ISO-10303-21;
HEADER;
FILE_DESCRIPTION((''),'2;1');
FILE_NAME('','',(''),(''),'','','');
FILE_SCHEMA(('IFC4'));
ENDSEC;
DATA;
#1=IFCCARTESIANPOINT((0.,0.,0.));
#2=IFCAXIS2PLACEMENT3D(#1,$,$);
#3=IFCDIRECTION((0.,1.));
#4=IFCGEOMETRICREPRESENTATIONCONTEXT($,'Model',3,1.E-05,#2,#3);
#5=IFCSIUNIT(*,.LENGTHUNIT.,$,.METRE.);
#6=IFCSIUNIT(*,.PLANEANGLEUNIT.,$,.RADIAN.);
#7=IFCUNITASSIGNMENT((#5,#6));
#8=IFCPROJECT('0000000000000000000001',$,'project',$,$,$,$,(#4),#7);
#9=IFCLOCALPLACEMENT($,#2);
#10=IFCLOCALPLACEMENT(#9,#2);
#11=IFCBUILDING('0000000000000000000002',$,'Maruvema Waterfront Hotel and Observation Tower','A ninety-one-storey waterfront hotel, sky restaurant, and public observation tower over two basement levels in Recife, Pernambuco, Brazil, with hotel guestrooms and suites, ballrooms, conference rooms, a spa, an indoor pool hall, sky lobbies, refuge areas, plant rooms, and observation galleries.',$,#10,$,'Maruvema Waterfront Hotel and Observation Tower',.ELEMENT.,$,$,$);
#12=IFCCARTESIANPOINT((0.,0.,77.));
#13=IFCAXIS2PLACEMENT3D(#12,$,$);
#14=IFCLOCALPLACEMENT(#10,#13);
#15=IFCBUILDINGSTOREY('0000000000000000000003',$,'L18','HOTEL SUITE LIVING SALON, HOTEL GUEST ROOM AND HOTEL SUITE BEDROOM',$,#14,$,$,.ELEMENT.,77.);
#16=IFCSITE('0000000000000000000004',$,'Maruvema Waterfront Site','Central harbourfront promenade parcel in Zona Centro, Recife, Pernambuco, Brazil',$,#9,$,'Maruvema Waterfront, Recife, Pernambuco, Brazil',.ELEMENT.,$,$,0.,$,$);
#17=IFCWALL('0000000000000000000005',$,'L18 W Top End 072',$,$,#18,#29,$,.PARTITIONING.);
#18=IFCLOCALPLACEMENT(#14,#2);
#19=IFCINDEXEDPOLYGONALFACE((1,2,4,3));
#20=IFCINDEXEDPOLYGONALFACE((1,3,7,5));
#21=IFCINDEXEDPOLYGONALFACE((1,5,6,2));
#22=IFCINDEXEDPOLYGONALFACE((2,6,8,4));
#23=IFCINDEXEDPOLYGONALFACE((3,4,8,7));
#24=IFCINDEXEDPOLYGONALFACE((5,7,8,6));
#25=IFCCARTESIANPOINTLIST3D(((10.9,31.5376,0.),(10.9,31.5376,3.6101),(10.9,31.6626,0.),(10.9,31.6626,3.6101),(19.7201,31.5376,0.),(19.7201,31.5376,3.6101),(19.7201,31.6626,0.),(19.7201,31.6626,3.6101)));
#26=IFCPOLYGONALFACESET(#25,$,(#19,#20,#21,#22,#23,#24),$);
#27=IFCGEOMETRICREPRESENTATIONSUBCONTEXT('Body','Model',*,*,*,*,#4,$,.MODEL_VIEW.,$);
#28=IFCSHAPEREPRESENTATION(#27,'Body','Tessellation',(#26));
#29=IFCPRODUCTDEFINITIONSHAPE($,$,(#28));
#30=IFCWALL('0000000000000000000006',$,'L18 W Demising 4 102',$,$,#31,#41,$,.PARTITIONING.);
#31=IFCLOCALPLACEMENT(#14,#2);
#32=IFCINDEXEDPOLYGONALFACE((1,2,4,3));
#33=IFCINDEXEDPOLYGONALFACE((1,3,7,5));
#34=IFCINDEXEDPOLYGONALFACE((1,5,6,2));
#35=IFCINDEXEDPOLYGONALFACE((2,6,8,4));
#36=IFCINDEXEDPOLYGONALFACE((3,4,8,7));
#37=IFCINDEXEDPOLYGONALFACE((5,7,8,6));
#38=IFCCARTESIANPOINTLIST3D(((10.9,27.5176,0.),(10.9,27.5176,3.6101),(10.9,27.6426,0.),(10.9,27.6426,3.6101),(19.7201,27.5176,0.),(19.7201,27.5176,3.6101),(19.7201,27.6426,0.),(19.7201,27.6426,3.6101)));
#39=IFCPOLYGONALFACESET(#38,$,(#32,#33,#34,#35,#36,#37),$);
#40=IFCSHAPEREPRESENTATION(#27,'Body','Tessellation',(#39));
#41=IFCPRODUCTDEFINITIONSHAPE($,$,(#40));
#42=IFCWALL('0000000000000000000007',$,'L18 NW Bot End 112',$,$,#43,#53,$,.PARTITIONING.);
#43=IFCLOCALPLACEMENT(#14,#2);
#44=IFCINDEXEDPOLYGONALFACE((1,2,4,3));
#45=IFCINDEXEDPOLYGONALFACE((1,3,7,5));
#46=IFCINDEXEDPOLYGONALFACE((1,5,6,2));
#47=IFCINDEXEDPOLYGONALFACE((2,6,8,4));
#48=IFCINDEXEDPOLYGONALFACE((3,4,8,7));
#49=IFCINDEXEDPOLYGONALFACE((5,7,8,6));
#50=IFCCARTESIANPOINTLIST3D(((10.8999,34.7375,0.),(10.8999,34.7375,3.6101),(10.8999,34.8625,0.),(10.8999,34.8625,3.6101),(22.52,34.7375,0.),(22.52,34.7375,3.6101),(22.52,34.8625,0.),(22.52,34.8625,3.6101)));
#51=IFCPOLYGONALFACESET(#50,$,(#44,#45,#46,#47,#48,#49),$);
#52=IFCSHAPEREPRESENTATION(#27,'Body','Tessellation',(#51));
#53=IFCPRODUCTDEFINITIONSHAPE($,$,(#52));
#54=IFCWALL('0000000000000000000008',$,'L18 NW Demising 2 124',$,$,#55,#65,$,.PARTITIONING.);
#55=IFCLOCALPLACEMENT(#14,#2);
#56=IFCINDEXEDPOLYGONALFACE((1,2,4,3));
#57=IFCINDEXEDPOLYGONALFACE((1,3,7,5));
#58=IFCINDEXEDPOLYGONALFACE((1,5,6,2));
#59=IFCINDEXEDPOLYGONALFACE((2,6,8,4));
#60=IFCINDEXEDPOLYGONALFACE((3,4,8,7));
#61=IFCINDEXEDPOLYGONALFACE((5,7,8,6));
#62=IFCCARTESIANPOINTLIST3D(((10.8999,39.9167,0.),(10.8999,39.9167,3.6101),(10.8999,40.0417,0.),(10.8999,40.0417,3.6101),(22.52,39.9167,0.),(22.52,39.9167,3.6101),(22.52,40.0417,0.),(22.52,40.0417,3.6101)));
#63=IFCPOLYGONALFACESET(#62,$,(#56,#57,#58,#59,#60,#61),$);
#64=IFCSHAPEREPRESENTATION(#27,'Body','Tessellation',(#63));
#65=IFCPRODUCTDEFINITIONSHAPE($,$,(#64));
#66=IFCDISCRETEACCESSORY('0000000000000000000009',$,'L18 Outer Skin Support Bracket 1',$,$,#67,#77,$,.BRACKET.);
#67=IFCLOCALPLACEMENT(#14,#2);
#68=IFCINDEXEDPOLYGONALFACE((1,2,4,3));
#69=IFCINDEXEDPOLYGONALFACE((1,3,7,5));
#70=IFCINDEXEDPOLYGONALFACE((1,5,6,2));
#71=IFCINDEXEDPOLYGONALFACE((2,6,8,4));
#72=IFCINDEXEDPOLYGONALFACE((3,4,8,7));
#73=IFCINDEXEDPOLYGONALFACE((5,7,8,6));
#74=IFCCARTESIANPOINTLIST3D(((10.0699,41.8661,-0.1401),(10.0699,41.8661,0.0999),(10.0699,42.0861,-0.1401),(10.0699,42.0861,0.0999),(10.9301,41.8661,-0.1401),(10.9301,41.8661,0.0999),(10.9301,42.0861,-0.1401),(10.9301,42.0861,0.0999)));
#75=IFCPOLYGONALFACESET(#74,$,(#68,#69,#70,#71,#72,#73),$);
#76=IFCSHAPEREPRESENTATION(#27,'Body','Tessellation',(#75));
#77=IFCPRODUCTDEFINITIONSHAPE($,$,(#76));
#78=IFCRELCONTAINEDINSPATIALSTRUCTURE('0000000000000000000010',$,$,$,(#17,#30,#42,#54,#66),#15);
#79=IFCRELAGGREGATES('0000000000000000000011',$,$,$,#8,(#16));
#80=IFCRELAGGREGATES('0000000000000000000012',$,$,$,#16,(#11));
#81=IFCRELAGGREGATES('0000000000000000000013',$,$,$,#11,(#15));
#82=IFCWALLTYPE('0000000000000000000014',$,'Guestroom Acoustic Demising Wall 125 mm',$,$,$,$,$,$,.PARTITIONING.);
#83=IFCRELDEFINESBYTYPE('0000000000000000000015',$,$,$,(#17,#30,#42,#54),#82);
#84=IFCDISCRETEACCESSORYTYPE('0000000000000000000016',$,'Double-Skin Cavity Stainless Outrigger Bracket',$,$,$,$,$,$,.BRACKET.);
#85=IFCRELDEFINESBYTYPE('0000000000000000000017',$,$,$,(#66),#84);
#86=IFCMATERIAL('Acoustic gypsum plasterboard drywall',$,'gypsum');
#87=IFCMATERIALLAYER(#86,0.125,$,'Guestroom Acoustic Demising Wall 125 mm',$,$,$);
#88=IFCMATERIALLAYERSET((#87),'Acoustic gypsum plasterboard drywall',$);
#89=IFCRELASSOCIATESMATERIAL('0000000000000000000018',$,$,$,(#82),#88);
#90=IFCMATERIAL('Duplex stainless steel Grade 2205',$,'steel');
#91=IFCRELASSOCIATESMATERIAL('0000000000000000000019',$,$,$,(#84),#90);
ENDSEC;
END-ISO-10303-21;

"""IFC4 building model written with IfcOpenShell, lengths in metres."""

from ifc_helpers import new_model, si_unit, direction, frame, frame_2d, origin, origin_2d, place, context, subcontext, project, spatial, rectangle, extrude, material, layer, layer_set, type_object, element, save


model = new_model("IFC4")

# Units and contexts
model_context = context("Model", 3, precision=1e-05, world=origin(), true_north=direction((0.0, 1.0)))
body_context = subcontext(model_context, "Body", "Model", "MODEL_VIEW")
ifc_project = project(units=[si_unit("LENGTHUNIT", "METRE"), si_unit("PLANEANGLEUNIT", "RADIAN")], contexts=[model_context])

# Site, building, storey
site_placement = place(None, origin())
site = spatial("IfcSite", under=ifc_project, at=site_placement, Name="Maruvema Waterfront Site", Description="Central harbourfront promenade parcel in Zona Centro, Recife, Pernambuco, Brazil", LongName="Maruvema Waterfront, Recife, Pernambuco, Brazil", CompositionType="ELEMENT", RefElevation=0.0)
building_placement = place(site_placement, origin())
building = spatial("IfcBuilding", under=site, at=building_placement, Name="Maruvema Waterfront Hotel and Observation Tower", Description="A ninety-one-storey waterfront hotel, sky restaurant, and public observation tower over two basement levels in Recife, Pernambuco, Brazil, with hotel guestrooms and suites, ballrooms, conference rooms, a spa, an indoor pool hall, sky lobbies, refuge areas, plant rooms, and observation galleries.", LongName="Maruvema Waterfront Hotel and Observation Tower", CompositionType="ELEMENT")
storey_placement = place(building_placement, frame((0.0, 0.0, 77.0)))
storey = spatial("IfcBuildingStorey", under=building, at=storey_placement, Name="L18", Description="HOTEL SUITE LIVING SALON, HOTEL GUEST ROOM AND HOTEL SUITE BEDROOM", CompositionType="ELEMENT", Elevation=77.0)

# Walls
ifc_material_1 = material(Name="Acoustic gypsum plasterboard drywall", Category="gypsum")
ifc_layer_1 = layer(ifc_material_1, 0.125, Name="Guestroom Acoustic Demising Wall 125 mm")
ifc_layer_set_1 = layer_set([ifc_layer_1], Name="Acoustic gypsum plasterboard drywall")
wall_type_1 = type_object("IfcWallType", Name="Guestroom Acoustic Demising Wall 125 mm", PredefinedType="PARTITIONING", material=ifc_layer_set_1)
for number, where, z_axis, x_axis, name in (
    (1, (10.8999, 31.6001, 0.0), (0.0, 0.0, 1.0), (1.0, 0.0, 0.0), "L18 W Top End 072"),
    (2, (10.8999, 27.5801, 0.0), (0.0, 0.0, 1.0), (1.0, 0.0, 0.0), "L18 W Demising 4 102"),
):
    element("IfcWall", number, at=place(storey_placement, frame(where, z_axis=z_axis, x_axis=x_axis)), inside=storey, type_object=wall_type_1, Name=name, PredefinedType="PARTITIONING", context=body_context, shape_type="SweptSolid", body=[
        extrude(rectangle(XDim=8.8201, YDim=0.125, at=frame_2d((4.4102, 0.0))), origin(), (0.0, 0.0, 1.0), 3.6101),
    ])
for number, where, z_axis, x_axis, name in (
    (3, (10.8999, 34.8, 0.0), (0.0, 0.0, 1.0), (1.0, 0.0, 0.0), "L18 NW Bot End 112"),
    (4, (10.8999, 39.9792, 0.0), (0.0, 0.0, 1.0), (1.0, 0.0, 0.0), "L18 NW Demising 2 124"),
):
    element("IfcWall", number, at=place(storey_placement, frame(where, z_axis=z_axis, x_axis=x_axis)), inside=storey, type_object=wall_type_1, Name=name, PredefinedType="PARTITIONING", context=body_context, shape_type="SweptSolid", body=[
        extrude(rectangle(XDim=11.6201, YDim=0.125, at=frame_2d((5.8101, 0.0))), origin(), (0.0, 0.0, 1.0), 3.6101),
    ])

# Discrete accessory
ifc_material_2 = material(Name="Duplex stainless steel Grade 2205", Category="steel")
discrete_accessory_type = type_object("IfcDiscreteAccessoryType", Name="Double-Skin Cavity Stainless Outrigger Bracket", PredefinedType="BRACKET", material=ifc_material_2)
discrete_accessory_placement = place(storey_placement, frame((10.5, 41.9761, -0.1401), z_axis=(0.0, 0.0, 1.0), x_axis=(0.0, -1.0, 0.0)))
element("IfcDiscreteAccessory", 5, at=discrete_accessory_placement, inside=storey, type_object=discrete_accessory_type, Name="L18 Outer Skin Support Bracket 1", PredefinedType="BRACKET", context=body_context, shape_type="SweptSolid", body=[
    extrude(rectangle(XDim=0.22, YDim=0.8601, at=origin_2d()), origin(), (0.0, 0.0, 1.0), 0.24),
])

save(model, "model.ifc")
